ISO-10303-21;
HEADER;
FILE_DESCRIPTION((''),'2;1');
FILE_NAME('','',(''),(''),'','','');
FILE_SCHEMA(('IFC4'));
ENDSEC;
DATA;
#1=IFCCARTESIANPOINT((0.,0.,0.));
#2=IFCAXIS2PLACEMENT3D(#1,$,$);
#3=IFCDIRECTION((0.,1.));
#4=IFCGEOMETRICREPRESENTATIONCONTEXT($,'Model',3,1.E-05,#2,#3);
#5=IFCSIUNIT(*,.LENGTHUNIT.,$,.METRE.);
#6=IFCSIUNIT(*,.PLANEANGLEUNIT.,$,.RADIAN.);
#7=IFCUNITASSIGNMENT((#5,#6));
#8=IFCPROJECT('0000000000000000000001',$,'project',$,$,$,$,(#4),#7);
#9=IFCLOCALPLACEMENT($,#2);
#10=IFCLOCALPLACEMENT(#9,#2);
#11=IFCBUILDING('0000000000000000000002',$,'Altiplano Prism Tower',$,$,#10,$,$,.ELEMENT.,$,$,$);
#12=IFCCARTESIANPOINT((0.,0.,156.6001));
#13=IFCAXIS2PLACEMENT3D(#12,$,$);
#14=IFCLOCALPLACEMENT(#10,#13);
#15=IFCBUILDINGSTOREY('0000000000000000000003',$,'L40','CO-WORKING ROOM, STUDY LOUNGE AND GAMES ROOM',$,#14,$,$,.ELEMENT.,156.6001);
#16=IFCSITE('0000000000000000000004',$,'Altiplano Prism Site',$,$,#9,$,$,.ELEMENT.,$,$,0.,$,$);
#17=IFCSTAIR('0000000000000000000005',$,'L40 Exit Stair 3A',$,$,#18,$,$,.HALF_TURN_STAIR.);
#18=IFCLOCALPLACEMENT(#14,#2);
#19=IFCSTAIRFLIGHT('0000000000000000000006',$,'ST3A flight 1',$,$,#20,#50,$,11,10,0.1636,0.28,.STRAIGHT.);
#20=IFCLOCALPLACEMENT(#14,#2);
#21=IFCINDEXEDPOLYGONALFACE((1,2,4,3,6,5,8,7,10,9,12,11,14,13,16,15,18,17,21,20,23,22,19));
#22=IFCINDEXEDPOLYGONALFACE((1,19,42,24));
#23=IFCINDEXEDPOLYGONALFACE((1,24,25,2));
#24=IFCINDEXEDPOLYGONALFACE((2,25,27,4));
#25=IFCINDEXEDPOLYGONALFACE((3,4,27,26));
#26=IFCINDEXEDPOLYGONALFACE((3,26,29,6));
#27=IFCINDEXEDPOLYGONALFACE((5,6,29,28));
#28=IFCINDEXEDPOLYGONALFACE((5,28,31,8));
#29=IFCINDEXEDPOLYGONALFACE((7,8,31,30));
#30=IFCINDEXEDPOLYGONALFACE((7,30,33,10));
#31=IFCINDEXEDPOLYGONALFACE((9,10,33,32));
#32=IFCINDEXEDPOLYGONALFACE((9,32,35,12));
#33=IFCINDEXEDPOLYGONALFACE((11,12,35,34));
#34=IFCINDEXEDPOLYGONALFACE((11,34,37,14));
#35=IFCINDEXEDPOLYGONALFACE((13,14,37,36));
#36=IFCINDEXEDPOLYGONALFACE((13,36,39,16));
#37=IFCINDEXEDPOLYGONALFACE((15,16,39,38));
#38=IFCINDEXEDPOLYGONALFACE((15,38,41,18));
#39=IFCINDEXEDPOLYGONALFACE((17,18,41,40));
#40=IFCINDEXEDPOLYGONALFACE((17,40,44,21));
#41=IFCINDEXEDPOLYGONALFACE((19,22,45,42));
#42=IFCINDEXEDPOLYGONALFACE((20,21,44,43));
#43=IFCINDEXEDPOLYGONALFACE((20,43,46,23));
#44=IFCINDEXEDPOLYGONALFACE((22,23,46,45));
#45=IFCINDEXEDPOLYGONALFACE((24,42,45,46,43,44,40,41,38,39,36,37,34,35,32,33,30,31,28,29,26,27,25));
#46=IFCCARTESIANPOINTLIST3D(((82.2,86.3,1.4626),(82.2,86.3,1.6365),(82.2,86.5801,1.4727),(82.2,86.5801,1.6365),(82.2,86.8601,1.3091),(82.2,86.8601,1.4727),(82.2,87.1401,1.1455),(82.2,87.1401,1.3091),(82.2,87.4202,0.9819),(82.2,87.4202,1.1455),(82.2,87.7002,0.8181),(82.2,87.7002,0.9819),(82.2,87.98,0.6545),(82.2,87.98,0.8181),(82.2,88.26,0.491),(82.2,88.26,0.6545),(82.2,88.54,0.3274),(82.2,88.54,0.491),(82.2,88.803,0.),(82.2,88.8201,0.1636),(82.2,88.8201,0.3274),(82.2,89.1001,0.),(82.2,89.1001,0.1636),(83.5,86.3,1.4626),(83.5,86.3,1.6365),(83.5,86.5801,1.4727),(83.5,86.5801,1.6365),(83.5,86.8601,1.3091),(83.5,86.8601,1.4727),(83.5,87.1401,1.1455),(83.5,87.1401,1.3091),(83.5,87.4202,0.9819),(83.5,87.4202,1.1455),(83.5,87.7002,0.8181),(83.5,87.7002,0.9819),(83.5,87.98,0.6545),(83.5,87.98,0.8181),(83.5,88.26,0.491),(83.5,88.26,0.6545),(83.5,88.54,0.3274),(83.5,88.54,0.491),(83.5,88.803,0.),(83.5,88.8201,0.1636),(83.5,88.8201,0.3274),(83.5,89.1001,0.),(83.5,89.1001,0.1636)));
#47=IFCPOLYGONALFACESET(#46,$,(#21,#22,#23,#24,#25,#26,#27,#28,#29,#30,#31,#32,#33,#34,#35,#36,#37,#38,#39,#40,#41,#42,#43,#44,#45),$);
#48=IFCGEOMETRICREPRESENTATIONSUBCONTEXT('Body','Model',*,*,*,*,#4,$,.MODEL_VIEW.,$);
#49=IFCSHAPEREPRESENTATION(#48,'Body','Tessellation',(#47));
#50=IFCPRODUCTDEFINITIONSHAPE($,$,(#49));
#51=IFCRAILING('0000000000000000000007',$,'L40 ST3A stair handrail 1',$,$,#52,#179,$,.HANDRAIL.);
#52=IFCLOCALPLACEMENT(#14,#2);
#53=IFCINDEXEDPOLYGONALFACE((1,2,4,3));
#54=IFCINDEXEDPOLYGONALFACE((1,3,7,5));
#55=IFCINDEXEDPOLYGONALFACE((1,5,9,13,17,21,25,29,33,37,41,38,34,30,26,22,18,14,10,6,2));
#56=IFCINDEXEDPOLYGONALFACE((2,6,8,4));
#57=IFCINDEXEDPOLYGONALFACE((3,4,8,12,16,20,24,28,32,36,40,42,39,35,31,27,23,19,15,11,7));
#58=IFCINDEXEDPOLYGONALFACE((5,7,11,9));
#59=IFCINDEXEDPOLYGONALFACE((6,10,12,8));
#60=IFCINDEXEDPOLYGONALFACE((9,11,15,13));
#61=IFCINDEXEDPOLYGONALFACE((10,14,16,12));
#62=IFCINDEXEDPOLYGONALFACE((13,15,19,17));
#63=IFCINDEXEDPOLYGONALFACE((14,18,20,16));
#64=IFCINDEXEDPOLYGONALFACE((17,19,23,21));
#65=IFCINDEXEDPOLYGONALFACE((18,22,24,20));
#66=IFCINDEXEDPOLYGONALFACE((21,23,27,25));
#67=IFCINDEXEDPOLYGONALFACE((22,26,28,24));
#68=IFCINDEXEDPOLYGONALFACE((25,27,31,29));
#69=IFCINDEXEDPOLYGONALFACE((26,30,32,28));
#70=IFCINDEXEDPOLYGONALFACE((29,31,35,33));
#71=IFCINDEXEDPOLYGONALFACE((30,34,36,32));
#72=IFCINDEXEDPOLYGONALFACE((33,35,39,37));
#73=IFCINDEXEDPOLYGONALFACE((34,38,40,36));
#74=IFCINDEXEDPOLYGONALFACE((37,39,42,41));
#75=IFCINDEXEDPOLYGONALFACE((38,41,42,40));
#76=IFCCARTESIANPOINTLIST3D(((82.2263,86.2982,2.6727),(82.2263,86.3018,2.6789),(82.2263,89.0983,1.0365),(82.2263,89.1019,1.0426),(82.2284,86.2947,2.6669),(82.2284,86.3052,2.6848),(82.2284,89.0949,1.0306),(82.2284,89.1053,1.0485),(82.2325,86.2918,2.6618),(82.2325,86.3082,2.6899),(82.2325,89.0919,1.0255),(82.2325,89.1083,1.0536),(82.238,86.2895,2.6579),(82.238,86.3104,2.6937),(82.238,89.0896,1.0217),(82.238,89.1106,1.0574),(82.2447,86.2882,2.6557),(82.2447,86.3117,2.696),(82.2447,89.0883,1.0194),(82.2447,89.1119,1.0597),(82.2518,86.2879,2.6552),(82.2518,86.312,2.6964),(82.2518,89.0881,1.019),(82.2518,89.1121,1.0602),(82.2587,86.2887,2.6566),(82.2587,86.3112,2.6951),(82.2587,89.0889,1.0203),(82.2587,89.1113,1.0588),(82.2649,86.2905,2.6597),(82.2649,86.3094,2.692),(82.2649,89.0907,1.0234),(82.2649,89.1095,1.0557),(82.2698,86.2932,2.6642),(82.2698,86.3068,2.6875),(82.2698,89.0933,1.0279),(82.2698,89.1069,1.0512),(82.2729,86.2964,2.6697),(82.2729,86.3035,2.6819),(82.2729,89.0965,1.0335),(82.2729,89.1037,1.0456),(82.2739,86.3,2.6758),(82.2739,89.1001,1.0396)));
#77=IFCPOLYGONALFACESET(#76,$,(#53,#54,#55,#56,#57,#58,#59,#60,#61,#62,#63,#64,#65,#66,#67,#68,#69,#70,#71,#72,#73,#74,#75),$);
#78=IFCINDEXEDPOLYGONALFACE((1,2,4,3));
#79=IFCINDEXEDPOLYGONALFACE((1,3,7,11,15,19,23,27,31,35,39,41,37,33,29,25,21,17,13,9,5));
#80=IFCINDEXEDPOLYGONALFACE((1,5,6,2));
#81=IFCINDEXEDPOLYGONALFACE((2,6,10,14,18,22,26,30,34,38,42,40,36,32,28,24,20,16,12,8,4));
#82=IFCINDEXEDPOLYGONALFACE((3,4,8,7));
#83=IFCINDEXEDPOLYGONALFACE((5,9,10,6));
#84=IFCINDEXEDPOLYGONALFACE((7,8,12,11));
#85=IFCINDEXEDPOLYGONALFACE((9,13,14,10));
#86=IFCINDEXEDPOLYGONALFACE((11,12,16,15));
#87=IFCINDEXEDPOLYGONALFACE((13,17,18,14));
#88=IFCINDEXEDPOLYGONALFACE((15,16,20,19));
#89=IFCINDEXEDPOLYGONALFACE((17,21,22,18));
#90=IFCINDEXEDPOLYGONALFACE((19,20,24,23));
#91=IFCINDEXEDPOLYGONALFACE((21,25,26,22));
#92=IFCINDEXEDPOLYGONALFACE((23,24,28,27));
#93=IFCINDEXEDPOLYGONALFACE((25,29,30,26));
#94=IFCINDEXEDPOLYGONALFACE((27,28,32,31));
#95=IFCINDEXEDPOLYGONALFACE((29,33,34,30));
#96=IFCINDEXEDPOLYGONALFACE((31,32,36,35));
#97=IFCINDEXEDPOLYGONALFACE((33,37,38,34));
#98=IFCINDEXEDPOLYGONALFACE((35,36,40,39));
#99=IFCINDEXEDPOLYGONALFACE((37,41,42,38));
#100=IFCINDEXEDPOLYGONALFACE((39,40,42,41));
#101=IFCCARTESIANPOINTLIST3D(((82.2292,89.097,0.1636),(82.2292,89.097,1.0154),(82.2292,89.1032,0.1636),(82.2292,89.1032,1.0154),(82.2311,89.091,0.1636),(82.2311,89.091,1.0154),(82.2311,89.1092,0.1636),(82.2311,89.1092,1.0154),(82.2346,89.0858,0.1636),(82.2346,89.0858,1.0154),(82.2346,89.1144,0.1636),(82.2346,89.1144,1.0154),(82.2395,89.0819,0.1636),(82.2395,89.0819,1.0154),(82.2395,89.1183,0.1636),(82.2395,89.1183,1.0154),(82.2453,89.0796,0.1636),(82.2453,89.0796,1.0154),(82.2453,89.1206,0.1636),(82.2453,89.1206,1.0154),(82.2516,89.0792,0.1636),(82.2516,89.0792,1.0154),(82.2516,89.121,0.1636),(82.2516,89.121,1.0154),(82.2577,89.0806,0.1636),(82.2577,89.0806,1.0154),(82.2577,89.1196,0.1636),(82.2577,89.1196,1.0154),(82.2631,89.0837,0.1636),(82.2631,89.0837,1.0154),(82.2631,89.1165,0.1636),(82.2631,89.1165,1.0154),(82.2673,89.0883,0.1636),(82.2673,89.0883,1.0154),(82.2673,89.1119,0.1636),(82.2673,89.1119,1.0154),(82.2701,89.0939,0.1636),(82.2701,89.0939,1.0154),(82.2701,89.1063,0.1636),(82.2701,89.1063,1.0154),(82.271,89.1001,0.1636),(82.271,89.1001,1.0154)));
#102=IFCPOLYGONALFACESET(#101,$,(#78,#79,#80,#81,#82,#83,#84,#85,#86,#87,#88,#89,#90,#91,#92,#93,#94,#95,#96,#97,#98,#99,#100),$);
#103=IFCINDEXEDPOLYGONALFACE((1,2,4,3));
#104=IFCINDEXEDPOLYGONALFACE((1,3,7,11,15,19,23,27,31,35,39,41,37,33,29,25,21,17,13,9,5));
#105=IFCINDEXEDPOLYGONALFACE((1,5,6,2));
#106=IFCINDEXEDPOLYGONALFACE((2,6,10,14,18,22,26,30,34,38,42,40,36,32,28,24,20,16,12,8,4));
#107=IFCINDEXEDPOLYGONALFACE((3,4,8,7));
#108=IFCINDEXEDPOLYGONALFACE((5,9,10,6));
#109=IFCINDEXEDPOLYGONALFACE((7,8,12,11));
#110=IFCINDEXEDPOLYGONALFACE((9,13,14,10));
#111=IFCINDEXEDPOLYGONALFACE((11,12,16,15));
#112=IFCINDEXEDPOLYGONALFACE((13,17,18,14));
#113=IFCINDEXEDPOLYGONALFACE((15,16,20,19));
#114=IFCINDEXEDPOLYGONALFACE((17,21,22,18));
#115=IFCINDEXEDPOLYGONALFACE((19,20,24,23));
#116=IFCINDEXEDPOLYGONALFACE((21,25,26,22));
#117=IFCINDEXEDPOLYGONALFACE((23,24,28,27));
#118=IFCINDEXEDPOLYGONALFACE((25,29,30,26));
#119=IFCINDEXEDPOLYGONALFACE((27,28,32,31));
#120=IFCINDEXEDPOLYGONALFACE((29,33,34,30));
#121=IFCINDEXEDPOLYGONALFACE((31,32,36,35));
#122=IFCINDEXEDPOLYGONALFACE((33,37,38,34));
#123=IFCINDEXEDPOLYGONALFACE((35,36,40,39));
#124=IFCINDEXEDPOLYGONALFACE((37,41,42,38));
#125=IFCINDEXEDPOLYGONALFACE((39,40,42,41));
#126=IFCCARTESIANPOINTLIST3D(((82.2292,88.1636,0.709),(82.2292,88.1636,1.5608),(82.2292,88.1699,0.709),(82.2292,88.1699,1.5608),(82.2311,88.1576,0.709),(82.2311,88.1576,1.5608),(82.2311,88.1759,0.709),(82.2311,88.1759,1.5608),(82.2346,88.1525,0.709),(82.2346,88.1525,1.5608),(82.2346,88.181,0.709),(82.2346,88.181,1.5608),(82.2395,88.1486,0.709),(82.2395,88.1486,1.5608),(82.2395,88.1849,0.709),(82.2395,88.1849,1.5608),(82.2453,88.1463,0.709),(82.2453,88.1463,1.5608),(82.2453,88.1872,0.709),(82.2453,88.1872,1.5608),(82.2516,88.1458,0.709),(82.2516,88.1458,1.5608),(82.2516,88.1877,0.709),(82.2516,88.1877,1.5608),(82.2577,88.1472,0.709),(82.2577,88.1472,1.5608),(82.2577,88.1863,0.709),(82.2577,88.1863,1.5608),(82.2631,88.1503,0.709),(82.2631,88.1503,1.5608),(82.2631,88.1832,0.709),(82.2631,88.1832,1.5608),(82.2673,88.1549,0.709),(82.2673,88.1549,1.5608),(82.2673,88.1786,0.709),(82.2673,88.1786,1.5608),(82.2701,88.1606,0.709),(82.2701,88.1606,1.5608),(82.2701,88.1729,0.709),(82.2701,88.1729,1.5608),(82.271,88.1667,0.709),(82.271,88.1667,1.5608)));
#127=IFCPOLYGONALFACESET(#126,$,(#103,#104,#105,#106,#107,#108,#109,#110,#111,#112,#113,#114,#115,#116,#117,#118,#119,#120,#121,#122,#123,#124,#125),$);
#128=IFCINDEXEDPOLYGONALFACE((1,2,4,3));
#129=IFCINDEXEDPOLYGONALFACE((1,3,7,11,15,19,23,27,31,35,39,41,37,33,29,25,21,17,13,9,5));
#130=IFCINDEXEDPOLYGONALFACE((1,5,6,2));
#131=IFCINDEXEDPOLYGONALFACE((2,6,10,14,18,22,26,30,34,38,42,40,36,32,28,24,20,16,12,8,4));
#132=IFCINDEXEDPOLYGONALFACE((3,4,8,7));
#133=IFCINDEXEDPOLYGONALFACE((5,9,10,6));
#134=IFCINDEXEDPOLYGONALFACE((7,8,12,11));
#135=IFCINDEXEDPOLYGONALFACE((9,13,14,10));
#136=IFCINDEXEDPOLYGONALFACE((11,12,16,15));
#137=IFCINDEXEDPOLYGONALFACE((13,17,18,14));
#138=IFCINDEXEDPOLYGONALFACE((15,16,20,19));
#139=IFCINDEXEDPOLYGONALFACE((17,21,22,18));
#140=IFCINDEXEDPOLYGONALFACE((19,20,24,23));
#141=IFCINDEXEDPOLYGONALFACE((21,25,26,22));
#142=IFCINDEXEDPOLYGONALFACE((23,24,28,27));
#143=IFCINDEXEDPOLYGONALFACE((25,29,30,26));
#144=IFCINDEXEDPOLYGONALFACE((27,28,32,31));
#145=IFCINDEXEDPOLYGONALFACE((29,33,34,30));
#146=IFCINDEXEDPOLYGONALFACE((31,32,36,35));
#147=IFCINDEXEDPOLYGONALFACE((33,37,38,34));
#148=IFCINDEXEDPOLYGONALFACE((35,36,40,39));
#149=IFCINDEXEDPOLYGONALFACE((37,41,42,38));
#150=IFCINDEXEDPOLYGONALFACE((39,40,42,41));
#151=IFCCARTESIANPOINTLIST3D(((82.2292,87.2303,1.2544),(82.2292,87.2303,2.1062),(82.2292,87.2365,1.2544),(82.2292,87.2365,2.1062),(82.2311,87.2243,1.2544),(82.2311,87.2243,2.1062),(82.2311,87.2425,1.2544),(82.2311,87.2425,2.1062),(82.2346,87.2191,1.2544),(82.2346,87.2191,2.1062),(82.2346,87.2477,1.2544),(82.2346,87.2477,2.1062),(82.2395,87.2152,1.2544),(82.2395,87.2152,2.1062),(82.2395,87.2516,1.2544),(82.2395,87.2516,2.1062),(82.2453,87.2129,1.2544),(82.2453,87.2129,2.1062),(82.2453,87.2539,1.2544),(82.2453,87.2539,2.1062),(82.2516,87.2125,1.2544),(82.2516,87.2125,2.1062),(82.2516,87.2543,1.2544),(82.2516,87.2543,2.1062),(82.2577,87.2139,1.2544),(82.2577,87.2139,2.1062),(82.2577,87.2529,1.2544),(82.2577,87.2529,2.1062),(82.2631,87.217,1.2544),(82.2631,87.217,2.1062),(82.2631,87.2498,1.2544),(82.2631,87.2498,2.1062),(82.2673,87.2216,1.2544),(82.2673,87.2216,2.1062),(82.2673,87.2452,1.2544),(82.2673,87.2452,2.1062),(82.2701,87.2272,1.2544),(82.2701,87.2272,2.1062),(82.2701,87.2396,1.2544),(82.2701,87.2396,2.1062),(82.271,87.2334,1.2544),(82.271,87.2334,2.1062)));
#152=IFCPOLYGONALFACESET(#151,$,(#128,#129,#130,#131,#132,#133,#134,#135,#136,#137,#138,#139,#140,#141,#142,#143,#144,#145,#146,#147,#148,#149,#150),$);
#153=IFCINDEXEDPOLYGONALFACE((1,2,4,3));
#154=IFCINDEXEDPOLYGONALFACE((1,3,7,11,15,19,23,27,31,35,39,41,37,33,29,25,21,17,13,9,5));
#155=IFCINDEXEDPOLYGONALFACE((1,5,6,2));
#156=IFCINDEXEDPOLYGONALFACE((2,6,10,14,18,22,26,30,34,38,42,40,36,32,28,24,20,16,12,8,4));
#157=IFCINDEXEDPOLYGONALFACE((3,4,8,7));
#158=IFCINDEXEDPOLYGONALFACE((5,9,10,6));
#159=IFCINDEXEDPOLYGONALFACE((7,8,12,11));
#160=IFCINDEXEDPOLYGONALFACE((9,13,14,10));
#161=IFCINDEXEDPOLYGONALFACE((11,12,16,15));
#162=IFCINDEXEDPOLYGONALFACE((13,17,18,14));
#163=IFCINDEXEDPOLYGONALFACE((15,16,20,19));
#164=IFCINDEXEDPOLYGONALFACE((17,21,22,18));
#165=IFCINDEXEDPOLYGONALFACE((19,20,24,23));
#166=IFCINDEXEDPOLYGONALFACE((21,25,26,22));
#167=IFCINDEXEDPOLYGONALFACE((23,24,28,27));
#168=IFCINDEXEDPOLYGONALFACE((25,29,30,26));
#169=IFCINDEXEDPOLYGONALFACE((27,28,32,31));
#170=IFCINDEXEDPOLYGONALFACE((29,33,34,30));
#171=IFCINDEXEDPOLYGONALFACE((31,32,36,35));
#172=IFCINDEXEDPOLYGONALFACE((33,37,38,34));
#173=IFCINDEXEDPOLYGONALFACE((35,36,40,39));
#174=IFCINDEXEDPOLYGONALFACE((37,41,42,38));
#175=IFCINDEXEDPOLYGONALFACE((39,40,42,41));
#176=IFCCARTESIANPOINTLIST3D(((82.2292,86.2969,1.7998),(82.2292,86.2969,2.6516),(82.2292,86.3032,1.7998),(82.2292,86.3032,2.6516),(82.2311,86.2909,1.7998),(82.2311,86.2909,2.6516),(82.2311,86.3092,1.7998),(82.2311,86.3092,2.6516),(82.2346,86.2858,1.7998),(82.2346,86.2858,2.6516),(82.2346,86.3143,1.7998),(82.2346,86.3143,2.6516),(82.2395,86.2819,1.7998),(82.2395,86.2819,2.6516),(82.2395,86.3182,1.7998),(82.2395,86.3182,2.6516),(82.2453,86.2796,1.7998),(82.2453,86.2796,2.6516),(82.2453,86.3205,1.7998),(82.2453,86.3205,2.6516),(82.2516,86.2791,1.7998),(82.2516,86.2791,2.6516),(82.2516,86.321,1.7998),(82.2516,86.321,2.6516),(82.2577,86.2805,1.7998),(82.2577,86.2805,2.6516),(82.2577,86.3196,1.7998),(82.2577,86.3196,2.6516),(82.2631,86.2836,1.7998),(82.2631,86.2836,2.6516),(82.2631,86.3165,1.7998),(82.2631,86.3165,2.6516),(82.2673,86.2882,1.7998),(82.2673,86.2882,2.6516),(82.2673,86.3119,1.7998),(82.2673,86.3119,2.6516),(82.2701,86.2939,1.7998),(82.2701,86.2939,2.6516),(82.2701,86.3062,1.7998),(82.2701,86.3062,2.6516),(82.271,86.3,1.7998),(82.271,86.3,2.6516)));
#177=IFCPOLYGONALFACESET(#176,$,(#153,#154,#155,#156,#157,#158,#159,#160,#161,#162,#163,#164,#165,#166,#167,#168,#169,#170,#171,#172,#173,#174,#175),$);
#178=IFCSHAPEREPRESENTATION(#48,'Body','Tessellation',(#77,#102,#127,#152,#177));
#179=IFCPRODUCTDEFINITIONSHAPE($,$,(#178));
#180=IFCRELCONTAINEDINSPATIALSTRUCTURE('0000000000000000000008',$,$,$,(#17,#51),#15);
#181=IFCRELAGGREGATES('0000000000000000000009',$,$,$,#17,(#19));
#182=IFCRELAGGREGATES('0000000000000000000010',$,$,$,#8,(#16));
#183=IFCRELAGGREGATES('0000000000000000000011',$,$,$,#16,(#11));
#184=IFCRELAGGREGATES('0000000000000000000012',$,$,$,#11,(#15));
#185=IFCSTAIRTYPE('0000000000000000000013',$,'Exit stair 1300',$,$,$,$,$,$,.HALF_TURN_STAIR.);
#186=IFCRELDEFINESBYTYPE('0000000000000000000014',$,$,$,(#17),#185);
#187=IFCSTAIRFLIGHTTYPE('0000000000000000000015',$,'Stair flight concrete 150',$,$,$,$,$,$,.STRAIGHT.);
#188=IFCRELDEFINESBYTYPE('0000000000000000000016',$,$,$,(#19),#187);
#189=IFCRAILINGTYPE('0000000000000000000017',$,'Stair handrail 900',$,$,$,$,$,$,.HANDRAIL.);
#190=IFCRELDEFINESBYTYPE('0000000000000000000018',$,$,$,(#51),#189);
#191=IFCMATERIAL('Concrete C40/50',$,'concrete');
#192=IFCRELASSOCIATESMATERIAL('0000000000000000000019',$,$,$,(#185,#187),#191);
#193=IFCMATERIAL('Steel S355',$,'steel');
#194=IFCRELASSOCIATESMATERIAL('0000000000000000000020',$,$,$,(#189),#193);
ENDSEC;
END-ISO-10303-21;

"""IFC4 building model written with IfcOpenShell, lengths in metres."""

from ifc_helpers import new_model, si_unit, direction, frame, origin, origin_2d, place, context, subcontext, project, spatial, polyline, circle, outline, extrude, material, type_object, element, aggregate, save


model = new_model("IFC4")

# Units and contexts
model_context = context("Model", 3, precision=1e-05, world=origin(), true_north=direction((0.0, 1.0)))
body_context = subcontext(model_context, "Body", "Model", "MODEL_VIEW")
ifc_project = project(units=[si_unit("LENGTHUNIT", "METRE"), si_unit("PLANEANGLEUNIT", "RADIAN")], contexts=[model_context])

# Site, building, storey
site_placement = place(None, origin())
site = spatial("IfcSite", under=ifc_project, at=site_placement, Name="Altiplano Prism Site", CompositionType="ELEMENT", RefElevation=0.0)
building_placement = place(site_placement, origin())
building = spatial("IfcBuilding", under=site, at=building_placement, Name="Altiplano Prism Tower", CompositionType="ELEMENT")
storey_placement = place(building_placement, frame((0.0, 0.0, 156.6001)))
storey = spatial("IfcBuildingStorey", under=building, at=storey_placement, Name="L40", Description="CO-WORKING ROOM, STUDY LOUNGE AND GAMES ROOM", CompositionType="ELEMENT", Elevation=156.6001)

# Stair, stair flight
ifc_material_1 = material(Name="Concrete C40/50", Category="concrete")
stair_type = type_object("IfcStairType", Name="Exit stair 1300", PredefinedType="HALF_TURN_STAIR", material=ifc_material_1)
stair_placement = place(storey_placement, origin())
stair = element("IfcStair", 1, at=stair_placement, inside=storey, type_object=stair_type, Name="L40 Exit Stair 3A", PredefinedType="HALF_TURN_STAIR")
stair_flight_type = type_object("IfcStairFlightType", Name="Stair flight concrete 150", PredefinedType="STRAIGHT", material=ifc_material_1)
stair_flight_placement = place(storey_placement, frame((82.8501, 89.1001, 0.0), z_axis=(0.0, 0.0, 1.0), x_axis=(0.0, -1.0, 0.0)))
stair_flight = element("IfcStairFlight", 2, at=stair_flight_placement, type_object=stair_flight_type, Name="ST3A flight 1", NumberOfRisers=11, NumberOfTreads=10, PredefinedType="STRAIGHT", RiserHeight=0.1636, TreadLength=0.28, context=body_context, shape_type="SweptSolid", body=[
    extrude(outline(polyline([(0.0, 0.0), (0.0, 0.1636), (0.28, 0.1636), (0.28, 0.3274), (0.5601, 0.3274), (0.5601, 0.491), (0.8401, 0.491), (0.8401, 0.6545), (1.1201, 0.6545), (1.1201, 0.8181), (1.3999, 0.8181), (1.3999, 0.9819), (1.6799, 0.9819), (1.6799, 1.1455), (1.96, 1.1455), (1.96, 1.3091), (2.24, 1.3091), (2.24, 1.4727), (2.52, 1.4727), (2.52, 1.6365), (2.8, 1.6365), (2.8, 1.8), (2.8, 1.4626), (0.2971, 0.0), (0.0, 0.0)])), frame((0.0, 0.6499, 0.0), z_axis=(0.0, -1.0, 0.0), x_axis=(1.0, 0.0, 0.0)), (0.0, 0.0, 1.0), 1.3),
])
aggregate(stair, [stair_flight])

# Railing
ifc_material_2 = material(Name="Steel S355", Category="steel")
railing_type_1 = type_object("IfcRailingType", Name="Stair handrail 900", PredefinedType="HANDRAIL", material=ifc_material_2)
railing_1_placement = place(storey_placement, frame((82.25, 89.1001, 0.1636)))
element("IfcRailing", 3, at=railing_1_placement, inside=storey, type_object=railing_type_1, Name="L40 ST3A stair handrail 1", PredefinedType="HANDRAIL", context=body_context, shape_type="SweptSolid", body=[
    extrude(circle(Radius=0.0239, at=origin_2d()), frame((0.0, 0.0, 0.876), z_axis=(0.0, -0.863394, 0.504531), x_axis=(1.0, 0.0, 0.0)), (0.0, 0.0, 1.0), 3.2432),
    extrude(circle(Radius=0.021, at=origin_2d()), origin(), (0.0, 0.0, 1.0), 0.8518),
    extrude(circle(Radius=0.021, at=origin_2d()), frame((0.0, -0.9333, 0.5454)), (0.0, 0.0, 1.0), 0.8518),
    extrude(circle(Radius=0.021, at=origin_2d()), frame((0.0, -1.8667, 1.0908)), (0.0, 0.0, 1.0), 0.8518),
    extrude(circle(Radius=0.021, at=origin_2d()), frame((0.0, -2.8, 1.6362)), (0.0, 0.0, 1.0), 0.8518),
])

save(model, "model.ifc")
